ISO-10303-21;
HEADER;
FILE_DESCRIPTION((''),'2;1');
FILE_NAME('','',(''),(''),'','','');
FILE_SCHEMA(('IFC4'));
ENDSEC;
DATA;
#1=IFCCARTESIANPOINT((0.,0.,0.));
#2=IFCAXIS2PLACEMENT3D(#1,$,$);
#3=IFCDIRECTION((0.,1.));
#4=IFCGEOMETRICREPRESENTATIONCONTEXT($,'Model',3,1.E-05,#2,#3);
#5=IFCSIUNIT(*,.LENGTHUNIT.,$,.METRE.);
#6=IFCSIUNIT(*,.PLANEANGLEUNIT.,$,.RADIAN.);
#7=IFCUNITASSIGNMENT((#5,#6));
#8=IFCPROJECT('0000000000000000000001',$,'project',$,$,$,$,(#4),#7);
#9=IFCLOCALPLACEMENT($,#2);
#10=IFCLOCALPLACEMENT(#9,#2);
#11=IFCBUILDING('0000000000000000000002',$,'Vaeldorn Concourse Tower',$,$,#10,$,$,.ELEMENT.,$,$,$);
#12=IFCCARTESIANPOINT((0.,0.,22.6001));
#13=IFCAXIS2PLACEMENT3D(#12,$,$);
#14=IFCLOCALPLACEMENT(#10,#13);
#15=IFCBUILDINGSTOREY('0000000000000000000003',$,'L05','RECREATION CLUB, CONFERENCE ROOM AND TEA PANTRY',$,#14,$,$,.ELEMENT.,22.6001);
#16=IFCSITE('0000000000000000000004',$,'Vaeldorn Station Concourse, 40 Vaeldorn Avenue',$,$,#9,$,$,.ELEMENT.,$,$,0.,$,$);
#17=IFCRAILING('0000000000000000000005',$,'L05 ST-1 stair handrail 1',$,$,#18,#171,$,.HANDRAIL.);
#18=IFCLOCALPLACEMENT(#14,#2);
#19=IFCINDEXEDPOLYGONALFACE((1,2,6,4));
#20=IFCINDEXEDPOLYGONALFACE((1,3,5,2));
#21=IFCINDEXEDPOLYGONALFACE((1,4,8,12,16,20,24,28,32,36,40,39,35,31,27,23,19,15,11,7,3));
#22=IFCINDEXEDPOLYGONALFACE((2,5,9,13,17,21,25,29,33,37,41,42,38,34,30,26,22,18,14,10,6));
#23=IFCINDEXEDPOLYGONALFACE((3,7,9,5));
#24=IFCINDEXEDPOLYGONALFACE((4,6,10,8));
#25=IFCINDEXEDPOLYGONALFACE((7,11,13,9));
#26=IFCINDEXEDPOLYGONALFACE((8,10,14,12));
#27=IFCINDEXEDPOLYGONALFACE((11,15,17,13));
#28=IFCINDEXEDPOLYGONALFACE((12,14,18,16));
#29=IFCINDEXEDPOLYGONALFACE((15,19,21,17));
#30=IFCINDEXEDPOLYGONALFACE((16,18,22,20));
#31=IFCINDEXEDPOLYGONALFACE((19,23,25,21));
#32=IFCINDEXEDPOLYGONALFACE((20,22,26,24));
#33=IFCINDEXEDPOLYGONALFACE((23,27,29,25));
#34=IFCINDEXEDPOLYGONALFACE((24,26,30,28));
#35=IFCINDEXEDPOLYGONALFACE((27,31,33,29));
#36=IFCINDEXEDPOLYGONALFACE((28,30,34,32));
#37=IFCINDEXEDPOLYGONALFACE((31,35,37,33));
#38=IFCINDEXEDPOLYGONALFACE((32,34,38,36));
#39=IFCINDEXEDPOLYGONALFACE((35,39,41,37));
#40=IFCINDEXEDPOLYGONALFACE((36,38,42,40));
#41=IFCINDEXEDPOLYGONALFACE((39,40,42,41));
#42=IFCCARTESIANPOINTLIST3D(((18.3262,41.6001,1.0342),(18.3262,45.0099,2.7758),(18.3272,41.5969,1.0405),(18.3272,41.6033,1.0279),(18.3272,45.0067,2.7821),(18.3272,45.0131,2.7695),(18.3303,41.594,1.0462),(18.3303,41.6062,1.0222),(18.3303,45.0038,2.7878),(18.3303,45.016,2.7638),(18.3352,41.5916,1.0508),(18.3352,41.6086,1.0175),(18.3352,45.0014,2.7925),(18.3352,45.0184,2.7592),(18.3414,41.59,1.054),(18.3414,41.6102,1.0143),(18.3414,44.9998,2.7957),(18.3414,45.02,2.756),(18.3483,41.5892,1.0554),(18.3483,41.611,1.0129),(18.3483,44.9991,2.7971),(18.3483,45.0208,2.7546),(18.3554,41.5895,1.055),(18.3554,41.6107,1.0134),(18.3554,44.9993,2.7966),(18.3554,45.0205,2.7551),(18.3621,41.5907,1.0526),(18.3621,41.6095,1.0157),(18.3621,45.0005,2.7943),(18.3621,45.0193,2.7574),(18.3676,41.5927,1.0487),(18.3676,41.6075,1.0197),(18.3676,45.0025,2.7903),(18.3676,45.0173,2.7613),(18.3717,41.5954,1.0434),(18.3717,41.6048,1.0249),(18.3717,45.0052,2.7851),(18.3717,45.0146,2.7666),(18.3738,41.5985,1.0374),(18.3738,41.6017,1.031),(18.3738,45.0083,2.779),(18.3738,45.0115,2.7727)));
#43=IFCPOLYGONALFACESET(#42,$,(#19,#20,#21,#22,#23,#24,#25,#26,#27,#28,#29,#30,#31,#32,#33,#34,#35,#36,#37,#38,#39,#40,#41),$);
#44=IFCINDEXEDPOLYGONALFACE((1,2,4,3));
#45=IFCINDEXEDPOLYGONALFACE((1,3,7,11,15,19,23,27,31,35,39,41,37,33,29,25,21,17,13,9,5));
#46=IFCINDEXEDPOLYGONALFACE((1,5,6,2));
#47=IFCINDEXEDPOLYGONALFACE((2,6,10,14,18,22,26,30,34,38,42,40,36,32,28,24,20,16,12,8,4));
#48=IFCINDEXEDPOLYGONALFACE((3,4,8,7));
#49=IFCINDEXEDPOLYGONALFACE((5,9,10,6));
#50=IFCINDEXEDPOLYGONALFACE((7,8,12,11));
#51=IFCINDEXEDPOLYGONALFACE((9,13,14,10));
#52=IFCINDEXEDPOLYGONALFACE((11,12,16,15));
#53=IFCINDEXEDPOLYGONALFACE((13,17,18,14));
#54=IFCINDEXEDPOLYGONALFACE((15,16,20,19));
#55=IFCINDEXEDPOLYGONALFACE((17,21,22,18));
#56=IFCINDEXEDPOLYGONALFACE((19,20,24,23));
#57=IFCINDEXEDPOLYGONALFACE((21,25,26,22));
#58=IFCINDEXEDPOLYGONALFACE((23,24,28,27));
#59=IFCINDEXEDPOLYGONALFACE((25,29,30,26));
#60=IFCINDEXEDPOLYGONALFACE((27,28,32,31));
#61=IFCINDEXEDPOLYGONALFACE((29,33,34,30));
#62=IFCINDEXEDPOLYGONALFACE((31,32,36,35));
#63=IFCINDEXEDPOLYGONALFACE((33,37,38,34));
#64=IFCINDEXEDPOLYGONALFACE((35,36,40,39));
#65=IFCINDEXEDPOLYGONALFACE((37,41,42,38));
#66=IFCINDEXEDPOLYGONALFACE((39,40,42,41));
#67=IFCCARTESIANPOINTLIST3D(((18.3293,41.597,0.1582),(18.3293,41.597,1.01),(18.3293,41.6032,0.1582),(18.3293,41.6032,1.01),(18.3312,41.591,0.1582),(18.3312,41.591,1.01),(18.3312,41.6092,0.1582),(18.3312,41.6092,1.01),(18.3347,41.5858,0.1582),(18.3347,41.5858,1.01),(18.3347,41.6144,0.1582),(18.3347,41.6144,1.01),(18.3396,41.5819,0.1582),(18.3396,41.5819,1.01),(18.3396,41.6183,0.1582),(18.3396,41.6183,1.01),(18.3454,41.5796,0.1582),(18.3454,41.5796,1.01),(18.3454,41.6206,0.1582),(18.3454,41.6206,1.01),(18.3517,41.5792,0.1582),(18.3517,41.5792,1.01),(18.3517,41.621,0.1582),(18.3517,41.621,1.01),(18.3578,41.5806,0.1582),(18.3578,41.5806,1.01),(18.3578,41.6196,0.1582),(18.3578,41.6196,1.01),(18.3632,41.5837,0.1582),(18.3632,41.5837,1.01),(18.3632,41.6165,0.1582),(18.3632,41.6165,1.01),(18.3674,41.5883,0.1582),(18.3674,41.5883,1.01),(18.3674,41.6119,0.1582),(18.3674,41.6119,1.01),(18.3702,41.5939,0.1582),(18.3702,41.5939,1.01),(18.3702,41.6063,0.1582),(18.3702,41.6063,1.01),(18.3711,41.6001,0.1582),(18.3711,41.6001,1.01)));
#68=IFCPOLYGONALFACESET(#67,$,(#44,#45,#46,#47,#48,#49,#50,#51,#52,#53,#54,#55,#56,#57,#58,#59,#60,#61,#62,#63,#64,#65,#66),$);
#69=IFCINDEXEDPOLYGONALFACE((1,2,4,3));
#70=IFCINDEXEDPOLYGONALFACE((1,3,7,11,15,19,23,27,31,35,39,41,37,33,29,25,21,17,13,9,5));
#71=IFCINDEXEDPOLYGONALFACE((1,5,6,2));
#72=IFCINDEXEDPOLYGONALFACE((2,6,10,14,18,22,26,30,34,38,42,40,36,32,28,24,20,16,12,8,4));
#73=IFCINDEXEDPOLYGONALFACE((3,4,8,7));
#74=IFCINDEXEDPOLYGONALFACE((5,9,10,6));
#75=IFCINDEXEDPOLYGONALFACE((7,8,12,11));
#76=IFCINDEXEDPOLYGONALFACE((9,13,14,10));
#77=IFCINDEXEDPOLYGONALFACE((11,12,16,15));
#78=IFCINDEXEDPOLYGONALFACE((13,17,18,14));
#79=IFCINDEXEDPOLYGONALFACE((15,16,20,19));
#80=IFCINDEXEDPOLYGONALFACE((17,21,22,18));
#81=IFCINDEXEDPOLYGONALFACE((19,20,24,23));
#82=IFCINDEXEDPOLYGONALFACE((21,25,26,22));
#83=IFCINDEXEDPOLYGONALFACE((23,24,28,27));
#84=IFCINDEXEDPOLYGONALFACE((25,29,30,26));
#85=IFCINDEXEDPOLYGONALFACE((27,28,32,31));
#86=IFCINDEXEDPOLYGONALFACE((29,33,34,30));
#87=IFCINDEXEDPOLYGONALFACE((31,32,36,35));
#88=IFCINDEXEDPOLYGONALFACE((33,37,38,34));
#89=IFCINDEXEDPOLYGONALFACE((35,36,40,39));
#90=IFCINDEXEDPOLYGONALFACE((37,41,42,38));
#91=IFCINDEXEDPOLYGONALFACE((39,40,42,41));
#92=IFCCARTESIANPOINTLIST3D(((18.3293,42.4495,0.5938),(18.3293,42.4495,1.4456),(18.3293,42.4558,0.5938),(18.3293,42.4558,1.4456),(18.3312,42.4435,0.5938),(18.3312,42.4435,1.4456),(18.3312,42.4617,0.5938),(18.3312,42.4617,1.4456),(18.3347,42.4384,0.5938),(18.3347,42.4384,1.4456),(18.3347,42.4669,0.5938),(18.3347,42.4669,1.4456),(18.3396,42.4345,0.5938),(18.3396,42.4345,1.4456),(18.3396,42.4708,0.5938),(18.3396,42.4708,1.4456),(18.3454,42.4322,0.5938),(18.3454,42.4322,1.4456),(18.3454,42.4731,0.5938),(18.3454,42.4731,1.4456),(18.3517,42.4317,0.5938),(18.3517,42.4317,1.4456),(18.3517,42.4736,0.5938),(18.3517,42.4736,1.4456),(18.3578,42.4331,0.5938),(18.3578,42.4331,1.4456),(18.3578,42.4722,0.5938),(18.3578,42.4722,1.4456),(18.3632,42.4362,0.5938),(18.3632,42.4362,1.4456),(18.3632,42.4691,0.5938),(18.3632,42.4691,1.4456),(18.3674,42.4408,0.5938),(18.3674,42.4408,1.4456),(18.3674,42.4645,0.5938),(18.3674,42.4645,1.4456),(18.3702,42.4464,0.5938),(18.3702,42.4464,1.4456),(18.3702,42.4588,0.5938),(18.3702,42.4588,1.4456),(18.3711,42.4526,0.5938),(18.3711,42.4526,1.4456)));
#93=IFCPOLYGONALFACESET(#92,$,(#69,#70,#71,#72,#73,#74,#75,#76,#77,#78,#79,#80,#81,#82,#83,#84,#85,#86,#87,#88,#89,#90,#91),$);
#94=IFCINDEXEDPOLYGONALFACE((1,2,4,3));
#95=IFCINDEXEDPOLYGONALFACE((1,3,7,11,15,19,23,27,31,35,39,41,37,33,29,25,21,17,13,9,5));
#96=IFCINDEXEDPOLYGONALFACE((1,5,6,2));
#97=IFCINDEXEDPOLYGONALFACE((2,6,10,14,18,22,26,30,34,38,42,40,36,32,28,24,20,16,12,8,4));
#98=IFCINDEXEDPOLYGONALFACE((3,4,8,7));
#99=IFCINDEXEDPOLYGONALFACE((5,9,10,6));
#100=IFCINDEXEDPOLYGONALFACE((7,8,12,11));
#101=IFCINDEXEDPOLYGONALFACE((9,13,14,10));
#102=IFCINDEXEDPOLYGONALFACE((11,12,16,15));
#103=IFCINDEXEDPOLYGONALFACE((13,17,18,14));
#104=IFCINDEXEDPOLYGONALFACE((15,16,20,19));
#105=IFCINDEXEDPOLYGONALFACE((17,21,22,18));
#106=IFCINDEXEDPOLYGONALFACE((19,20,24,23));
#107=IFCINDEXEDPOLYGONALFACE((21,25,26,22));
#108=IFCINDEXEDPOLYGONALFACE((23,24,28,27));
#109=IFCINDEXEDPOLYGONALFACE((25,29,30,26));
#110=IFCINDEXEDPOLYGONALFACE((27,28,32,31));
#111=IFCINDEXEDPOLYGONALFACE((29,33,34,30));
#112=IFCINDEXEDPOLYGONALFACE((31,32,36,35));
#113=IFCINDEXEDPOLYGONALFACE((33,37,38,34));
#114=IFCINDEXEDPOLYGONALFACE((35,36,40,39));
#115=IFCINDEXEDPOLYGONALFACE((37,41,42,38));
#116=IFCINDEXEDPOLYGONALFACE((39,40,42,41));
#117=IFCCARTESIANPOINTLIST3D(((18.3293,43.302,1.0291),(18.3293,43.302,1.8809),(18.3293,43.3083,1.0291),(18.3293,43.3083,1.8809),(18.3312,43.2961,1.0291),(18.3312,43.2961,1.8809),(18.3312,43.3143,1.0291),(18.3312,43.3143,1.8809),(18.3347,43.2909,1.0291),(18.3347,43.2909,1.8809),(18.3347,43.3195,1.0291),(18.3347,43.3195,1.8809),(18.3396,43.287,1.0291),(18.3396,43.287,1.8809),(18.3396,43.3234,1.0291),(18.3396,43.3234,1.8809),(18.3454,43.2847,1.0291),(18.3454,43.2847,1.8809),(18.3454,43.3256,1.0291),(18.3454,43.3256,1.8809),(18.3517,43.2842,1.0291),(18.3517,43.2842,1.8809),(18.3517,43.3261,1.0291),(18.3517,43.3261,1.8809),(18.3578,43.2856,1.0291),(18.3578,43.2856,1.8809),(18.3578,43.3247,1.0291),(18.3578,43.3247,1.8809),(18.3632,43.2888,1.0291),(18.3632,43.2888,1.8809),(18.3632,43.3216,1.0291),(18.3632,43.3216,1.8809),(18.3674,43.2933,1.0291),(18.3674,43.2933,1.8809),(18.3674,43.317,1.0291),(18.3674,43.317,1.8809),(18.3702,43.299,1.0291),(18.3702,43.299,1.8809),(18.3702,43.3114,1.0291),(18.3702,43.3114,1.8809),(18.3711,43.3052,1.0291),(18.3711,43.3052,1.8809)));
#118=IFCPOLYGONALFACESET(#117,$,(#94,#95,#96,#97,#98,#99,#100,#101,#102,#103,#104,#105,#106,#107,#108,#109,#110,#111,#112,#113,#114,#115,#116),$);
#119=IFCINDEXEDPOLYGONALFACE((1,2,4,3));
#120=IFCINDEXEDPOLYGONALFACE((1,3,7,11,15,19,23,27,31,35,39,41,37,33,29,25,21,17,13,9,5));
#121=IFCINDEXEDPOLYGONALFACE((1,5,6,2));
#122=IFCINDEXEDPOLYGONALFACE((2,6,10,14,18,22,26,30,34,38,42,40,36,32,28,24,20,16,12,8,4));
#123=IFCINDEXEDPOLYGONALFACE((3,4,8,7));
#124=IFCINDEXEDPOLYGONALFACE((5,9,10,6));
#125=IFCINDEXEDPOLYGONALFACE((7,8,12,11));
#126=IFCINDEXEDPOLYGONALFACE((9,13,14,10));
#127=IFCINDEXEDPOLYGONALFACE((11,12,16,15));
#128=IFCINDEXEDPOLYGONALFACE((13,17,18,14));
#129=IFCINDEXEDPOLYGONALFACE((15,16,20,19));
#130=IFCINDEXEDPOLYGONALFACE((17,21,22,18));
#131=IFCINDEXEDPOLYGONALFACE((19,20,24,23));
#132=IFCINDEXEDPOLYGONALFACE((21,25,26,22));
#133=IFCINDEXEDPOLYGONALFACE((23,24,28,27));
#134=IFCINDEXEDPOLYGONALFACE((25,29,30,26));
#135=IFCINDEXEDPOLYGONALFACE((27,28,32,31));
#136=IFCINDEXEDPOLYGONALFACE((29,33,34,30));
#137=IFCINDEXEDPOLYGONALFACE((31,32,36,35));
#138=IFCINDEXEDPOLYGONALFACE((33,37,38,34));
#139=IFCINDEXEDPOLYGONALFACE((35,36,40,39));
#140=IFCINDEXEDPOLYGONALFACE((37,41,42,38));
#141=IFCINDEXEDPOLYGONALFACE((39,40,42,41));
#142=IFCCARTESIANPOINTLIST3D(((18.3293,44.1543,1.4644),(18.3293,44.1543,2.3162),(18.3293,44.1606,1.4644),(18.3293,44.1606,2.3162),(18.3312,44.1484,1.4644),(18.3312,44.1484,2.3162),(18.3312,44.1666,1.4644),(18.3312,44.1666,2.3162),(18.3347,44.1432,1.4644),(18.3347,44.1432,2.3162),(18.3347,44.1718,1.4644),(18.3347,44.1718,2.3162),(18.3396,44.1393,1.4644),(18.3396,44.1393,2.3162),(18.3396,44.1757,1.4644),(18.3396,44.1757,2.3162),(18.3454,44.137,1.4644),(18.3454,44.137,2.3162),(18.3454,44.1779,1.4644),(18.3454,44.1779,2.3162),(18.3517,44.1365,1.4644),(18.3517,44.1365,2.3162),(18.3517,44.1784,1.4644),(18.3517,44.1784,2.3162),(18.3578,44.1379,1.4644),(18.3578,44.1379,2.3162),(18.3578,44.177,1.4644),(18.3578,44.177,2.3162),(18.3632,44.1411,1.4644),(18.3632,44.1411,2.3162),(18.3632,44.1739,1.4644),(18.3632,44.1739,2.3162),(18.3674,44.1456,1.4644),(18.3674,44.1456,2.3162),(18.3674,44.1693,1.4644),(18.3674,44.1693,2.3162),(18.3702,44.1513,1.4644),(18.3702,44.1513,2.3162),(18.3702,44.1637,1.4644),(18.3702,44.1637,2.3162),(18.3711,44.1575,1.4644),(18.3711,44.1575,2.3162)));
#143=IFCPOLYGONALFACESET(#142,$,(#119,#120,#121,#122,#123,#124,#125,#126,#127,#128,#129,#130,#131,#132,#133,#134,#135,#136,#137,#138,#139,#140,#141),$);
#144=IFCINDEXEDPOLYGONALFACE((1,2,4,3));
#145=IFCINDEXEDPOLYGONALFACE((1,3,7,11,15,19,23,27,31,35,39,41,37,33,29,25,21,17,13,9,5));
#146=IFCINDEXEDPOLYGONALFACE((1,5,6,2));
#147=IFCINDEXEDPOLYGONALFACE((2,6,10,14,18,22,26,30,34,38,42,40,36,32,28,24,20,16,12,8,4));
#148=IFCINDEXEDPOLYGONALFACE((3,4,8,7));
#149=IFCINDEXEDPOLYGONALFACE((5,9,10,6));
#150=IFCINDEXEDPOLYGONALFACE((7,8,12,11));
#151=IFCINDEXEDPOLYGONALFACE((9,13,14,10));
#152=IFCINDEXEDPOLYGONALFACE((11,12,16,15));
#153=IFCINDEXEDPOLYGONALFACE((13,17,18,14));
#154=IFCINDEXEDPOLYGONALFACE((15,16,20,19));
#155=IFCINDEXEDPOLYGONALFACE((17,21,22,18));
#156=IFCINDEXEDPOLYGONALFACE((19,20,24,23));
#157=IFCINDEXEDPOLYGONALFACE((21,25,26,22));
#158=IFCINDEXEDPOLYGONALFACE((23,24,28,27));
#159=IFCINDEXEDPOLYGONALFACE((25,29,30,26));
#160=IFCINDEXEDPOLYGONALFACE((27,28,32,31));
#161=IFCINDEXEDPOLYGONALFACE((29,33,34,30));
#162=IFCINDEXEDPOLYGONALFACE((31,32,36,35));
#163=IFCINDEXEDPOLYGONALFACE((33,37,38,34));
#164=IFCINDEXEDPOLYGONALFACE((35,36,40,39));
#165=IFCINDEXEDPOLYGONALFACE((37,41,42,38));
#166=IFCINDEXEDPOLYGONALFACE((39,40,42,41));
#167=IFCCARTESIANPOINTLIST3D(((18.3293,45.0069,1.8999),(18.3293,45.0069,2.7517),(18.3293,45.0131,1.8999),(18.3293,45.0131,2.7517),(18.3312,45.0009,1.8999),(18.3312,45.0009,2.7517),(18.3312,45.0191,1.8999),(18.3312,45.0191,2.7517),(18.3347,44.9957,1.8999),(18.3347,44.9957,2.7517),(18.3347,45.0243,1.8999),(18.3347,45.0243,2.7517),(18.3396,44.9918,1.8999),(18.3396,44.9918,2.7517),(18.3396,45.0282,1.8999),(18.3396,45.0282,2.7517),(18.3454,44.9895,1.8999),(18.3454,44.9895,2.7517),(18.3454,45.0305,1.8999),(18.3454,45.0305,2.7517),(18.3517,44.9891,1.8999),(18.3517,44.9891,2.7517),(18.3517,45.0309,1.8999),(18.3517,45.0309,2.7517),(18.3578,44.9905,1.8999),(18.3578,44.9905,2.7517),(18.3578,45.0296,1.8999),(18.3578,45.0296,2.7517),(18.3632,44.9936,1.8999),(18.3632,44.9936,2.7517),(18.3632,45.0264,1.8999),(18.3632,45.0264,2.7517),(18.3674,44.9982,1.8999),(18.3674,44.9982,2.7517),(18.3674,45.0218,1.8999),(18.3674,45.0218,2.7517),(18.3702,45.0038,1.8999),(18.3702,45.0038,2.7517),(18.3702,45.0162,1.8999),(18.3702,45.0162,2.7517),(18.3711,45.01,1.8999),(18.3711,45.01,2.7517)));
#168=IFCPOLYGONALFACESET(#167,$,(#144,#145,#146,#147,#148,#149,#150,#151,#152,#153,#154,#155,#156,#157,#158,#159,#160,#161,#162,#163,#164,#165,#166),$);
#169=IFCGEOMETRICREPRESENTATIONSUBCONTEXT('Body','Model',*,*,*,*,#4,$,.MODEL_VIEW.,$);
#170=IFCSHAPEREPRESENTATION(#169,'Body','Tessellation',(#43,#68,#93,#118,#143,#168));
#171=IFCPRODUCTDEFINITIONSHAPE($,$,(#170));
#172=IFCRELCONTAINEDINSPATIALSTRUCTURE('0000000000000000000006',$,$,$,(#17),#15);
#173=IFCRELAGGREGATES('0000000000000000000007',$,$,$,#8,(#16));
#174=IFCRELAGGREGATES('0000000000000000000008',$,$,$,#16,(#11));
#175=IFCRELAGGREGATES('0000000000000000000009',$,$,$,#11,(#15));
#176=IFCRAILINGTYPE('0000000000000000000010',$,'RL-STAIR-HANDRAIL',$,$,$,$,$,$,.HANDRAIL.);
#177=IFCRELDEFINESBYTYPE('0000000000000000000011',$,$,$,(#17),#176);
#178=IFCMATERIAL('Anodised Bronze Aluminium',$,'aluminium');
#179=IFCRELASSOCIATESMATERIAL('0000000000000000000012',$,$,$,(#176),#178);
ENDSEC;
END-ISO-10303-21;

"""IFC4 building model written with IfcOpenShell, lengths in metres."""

from ifc_helpers import new_model, si_unit, direction, frame, origin, origin_2d, place, context, subcontext, project, spatial, circle, extrude, material, type_object, element, save


model = new_model("IFC4")

# Units and contexts
model_context = context("Model", 3, precision=1e-05, world=origin(), true_north=direction((0.0, 1.0)))
body_context = subcontext(model_context, "Body", "Model", "MODEL_VIEW")
ifc_project = project(units=[si_unit("LENGTHUNIT", "METRE"), si_unit("PLANEANGLEUNIT", "RADIAN")], contexts=[model_context])

# Site, building, storey
site_placement = place(None, origin())
site = spatial("IfcSite", under=ifc_project, at=site_placement, Name="Vaeldorn Station Concourse, 40 Vaeldorn Avenue", CompositionType="ELEMENT", RefElevation=0.0)
building_placement = place(site_placement, origin())
building = spatial("IfcBuilding", under=site, at=building_placement, Name="Vaeldorn Concourse Tower", CompositionType="ELEMENT")
storey_placement = place(building_placement, frame((0.0, 0.0, 22.6001)))
storey = spatial("IfcBuildingStorey", under=building, at=storey_placement, Name="L05", Description="RECREATION CLUB, CONFERENCE ROOM AND TEA PANTRY", CompositionType="ELEMENT", Elevation=22.6001)

# Shared definitions
ifc_material_1 = material(Name="Anodised Bronze Aluminium", Category="aluminium")

# Railing
railing_type_1 = type_object("IfcRailingType", Name="RL-STAIR-HANDRAIL", PredefinedType="HANDRAIL", material=ifc_material_1)
railing_1_placement = place(storey_placement, frame((18.3501, 41.6001, 0.1582)))
element("IfcRailing", 1, at=railing_1_placement, inside=storey, type_object=railing_type_1, Name="L05 ST-1 stair handrail 1", PredefinedType="HANDRAIL", context=body_context, shape_type="SweptSolid", body=[
    extrude(circle(Radius=0.0239, at=origin_2d()), frame((0.0, 0.0, 0.876), z_axis=(0.0, 0.890556, 0.454874), x_axis=(-1.0, 0.0, 0.0)), (0.0, 0.0, 1.0), 3.8289),
    extrude(circle(Radius=0.021, at=origin_2d()), origin(), (0.0, 0.0, 1.0), 0.8518),
    extrude(circle(Radius=0.021, at=origin_2d()), frame((0.0, 0.8525, 0.4355)), (0.0, 0.0, 1.0), 0.8518),
    extrude(circle(Radius=0.021, at=origin_2d()), frame((0.0, 1.7051, 0.8708)), (0.0, 0.0, 1.0), 0.8518),
    extrude(circle(Radius=0.021, at=origin_2d()), frame((0.0, 2.5574, 1.3062)), (0.0, 0.0, 1.0), 0.8518),
    extrude(circle(Radius=0.021, at=origin_2d()), frame((0.0, 3.4099, 1.7417)), (0.0, 0.0, 1.0), 0.8518),
])

save(model, "model.ifc")
